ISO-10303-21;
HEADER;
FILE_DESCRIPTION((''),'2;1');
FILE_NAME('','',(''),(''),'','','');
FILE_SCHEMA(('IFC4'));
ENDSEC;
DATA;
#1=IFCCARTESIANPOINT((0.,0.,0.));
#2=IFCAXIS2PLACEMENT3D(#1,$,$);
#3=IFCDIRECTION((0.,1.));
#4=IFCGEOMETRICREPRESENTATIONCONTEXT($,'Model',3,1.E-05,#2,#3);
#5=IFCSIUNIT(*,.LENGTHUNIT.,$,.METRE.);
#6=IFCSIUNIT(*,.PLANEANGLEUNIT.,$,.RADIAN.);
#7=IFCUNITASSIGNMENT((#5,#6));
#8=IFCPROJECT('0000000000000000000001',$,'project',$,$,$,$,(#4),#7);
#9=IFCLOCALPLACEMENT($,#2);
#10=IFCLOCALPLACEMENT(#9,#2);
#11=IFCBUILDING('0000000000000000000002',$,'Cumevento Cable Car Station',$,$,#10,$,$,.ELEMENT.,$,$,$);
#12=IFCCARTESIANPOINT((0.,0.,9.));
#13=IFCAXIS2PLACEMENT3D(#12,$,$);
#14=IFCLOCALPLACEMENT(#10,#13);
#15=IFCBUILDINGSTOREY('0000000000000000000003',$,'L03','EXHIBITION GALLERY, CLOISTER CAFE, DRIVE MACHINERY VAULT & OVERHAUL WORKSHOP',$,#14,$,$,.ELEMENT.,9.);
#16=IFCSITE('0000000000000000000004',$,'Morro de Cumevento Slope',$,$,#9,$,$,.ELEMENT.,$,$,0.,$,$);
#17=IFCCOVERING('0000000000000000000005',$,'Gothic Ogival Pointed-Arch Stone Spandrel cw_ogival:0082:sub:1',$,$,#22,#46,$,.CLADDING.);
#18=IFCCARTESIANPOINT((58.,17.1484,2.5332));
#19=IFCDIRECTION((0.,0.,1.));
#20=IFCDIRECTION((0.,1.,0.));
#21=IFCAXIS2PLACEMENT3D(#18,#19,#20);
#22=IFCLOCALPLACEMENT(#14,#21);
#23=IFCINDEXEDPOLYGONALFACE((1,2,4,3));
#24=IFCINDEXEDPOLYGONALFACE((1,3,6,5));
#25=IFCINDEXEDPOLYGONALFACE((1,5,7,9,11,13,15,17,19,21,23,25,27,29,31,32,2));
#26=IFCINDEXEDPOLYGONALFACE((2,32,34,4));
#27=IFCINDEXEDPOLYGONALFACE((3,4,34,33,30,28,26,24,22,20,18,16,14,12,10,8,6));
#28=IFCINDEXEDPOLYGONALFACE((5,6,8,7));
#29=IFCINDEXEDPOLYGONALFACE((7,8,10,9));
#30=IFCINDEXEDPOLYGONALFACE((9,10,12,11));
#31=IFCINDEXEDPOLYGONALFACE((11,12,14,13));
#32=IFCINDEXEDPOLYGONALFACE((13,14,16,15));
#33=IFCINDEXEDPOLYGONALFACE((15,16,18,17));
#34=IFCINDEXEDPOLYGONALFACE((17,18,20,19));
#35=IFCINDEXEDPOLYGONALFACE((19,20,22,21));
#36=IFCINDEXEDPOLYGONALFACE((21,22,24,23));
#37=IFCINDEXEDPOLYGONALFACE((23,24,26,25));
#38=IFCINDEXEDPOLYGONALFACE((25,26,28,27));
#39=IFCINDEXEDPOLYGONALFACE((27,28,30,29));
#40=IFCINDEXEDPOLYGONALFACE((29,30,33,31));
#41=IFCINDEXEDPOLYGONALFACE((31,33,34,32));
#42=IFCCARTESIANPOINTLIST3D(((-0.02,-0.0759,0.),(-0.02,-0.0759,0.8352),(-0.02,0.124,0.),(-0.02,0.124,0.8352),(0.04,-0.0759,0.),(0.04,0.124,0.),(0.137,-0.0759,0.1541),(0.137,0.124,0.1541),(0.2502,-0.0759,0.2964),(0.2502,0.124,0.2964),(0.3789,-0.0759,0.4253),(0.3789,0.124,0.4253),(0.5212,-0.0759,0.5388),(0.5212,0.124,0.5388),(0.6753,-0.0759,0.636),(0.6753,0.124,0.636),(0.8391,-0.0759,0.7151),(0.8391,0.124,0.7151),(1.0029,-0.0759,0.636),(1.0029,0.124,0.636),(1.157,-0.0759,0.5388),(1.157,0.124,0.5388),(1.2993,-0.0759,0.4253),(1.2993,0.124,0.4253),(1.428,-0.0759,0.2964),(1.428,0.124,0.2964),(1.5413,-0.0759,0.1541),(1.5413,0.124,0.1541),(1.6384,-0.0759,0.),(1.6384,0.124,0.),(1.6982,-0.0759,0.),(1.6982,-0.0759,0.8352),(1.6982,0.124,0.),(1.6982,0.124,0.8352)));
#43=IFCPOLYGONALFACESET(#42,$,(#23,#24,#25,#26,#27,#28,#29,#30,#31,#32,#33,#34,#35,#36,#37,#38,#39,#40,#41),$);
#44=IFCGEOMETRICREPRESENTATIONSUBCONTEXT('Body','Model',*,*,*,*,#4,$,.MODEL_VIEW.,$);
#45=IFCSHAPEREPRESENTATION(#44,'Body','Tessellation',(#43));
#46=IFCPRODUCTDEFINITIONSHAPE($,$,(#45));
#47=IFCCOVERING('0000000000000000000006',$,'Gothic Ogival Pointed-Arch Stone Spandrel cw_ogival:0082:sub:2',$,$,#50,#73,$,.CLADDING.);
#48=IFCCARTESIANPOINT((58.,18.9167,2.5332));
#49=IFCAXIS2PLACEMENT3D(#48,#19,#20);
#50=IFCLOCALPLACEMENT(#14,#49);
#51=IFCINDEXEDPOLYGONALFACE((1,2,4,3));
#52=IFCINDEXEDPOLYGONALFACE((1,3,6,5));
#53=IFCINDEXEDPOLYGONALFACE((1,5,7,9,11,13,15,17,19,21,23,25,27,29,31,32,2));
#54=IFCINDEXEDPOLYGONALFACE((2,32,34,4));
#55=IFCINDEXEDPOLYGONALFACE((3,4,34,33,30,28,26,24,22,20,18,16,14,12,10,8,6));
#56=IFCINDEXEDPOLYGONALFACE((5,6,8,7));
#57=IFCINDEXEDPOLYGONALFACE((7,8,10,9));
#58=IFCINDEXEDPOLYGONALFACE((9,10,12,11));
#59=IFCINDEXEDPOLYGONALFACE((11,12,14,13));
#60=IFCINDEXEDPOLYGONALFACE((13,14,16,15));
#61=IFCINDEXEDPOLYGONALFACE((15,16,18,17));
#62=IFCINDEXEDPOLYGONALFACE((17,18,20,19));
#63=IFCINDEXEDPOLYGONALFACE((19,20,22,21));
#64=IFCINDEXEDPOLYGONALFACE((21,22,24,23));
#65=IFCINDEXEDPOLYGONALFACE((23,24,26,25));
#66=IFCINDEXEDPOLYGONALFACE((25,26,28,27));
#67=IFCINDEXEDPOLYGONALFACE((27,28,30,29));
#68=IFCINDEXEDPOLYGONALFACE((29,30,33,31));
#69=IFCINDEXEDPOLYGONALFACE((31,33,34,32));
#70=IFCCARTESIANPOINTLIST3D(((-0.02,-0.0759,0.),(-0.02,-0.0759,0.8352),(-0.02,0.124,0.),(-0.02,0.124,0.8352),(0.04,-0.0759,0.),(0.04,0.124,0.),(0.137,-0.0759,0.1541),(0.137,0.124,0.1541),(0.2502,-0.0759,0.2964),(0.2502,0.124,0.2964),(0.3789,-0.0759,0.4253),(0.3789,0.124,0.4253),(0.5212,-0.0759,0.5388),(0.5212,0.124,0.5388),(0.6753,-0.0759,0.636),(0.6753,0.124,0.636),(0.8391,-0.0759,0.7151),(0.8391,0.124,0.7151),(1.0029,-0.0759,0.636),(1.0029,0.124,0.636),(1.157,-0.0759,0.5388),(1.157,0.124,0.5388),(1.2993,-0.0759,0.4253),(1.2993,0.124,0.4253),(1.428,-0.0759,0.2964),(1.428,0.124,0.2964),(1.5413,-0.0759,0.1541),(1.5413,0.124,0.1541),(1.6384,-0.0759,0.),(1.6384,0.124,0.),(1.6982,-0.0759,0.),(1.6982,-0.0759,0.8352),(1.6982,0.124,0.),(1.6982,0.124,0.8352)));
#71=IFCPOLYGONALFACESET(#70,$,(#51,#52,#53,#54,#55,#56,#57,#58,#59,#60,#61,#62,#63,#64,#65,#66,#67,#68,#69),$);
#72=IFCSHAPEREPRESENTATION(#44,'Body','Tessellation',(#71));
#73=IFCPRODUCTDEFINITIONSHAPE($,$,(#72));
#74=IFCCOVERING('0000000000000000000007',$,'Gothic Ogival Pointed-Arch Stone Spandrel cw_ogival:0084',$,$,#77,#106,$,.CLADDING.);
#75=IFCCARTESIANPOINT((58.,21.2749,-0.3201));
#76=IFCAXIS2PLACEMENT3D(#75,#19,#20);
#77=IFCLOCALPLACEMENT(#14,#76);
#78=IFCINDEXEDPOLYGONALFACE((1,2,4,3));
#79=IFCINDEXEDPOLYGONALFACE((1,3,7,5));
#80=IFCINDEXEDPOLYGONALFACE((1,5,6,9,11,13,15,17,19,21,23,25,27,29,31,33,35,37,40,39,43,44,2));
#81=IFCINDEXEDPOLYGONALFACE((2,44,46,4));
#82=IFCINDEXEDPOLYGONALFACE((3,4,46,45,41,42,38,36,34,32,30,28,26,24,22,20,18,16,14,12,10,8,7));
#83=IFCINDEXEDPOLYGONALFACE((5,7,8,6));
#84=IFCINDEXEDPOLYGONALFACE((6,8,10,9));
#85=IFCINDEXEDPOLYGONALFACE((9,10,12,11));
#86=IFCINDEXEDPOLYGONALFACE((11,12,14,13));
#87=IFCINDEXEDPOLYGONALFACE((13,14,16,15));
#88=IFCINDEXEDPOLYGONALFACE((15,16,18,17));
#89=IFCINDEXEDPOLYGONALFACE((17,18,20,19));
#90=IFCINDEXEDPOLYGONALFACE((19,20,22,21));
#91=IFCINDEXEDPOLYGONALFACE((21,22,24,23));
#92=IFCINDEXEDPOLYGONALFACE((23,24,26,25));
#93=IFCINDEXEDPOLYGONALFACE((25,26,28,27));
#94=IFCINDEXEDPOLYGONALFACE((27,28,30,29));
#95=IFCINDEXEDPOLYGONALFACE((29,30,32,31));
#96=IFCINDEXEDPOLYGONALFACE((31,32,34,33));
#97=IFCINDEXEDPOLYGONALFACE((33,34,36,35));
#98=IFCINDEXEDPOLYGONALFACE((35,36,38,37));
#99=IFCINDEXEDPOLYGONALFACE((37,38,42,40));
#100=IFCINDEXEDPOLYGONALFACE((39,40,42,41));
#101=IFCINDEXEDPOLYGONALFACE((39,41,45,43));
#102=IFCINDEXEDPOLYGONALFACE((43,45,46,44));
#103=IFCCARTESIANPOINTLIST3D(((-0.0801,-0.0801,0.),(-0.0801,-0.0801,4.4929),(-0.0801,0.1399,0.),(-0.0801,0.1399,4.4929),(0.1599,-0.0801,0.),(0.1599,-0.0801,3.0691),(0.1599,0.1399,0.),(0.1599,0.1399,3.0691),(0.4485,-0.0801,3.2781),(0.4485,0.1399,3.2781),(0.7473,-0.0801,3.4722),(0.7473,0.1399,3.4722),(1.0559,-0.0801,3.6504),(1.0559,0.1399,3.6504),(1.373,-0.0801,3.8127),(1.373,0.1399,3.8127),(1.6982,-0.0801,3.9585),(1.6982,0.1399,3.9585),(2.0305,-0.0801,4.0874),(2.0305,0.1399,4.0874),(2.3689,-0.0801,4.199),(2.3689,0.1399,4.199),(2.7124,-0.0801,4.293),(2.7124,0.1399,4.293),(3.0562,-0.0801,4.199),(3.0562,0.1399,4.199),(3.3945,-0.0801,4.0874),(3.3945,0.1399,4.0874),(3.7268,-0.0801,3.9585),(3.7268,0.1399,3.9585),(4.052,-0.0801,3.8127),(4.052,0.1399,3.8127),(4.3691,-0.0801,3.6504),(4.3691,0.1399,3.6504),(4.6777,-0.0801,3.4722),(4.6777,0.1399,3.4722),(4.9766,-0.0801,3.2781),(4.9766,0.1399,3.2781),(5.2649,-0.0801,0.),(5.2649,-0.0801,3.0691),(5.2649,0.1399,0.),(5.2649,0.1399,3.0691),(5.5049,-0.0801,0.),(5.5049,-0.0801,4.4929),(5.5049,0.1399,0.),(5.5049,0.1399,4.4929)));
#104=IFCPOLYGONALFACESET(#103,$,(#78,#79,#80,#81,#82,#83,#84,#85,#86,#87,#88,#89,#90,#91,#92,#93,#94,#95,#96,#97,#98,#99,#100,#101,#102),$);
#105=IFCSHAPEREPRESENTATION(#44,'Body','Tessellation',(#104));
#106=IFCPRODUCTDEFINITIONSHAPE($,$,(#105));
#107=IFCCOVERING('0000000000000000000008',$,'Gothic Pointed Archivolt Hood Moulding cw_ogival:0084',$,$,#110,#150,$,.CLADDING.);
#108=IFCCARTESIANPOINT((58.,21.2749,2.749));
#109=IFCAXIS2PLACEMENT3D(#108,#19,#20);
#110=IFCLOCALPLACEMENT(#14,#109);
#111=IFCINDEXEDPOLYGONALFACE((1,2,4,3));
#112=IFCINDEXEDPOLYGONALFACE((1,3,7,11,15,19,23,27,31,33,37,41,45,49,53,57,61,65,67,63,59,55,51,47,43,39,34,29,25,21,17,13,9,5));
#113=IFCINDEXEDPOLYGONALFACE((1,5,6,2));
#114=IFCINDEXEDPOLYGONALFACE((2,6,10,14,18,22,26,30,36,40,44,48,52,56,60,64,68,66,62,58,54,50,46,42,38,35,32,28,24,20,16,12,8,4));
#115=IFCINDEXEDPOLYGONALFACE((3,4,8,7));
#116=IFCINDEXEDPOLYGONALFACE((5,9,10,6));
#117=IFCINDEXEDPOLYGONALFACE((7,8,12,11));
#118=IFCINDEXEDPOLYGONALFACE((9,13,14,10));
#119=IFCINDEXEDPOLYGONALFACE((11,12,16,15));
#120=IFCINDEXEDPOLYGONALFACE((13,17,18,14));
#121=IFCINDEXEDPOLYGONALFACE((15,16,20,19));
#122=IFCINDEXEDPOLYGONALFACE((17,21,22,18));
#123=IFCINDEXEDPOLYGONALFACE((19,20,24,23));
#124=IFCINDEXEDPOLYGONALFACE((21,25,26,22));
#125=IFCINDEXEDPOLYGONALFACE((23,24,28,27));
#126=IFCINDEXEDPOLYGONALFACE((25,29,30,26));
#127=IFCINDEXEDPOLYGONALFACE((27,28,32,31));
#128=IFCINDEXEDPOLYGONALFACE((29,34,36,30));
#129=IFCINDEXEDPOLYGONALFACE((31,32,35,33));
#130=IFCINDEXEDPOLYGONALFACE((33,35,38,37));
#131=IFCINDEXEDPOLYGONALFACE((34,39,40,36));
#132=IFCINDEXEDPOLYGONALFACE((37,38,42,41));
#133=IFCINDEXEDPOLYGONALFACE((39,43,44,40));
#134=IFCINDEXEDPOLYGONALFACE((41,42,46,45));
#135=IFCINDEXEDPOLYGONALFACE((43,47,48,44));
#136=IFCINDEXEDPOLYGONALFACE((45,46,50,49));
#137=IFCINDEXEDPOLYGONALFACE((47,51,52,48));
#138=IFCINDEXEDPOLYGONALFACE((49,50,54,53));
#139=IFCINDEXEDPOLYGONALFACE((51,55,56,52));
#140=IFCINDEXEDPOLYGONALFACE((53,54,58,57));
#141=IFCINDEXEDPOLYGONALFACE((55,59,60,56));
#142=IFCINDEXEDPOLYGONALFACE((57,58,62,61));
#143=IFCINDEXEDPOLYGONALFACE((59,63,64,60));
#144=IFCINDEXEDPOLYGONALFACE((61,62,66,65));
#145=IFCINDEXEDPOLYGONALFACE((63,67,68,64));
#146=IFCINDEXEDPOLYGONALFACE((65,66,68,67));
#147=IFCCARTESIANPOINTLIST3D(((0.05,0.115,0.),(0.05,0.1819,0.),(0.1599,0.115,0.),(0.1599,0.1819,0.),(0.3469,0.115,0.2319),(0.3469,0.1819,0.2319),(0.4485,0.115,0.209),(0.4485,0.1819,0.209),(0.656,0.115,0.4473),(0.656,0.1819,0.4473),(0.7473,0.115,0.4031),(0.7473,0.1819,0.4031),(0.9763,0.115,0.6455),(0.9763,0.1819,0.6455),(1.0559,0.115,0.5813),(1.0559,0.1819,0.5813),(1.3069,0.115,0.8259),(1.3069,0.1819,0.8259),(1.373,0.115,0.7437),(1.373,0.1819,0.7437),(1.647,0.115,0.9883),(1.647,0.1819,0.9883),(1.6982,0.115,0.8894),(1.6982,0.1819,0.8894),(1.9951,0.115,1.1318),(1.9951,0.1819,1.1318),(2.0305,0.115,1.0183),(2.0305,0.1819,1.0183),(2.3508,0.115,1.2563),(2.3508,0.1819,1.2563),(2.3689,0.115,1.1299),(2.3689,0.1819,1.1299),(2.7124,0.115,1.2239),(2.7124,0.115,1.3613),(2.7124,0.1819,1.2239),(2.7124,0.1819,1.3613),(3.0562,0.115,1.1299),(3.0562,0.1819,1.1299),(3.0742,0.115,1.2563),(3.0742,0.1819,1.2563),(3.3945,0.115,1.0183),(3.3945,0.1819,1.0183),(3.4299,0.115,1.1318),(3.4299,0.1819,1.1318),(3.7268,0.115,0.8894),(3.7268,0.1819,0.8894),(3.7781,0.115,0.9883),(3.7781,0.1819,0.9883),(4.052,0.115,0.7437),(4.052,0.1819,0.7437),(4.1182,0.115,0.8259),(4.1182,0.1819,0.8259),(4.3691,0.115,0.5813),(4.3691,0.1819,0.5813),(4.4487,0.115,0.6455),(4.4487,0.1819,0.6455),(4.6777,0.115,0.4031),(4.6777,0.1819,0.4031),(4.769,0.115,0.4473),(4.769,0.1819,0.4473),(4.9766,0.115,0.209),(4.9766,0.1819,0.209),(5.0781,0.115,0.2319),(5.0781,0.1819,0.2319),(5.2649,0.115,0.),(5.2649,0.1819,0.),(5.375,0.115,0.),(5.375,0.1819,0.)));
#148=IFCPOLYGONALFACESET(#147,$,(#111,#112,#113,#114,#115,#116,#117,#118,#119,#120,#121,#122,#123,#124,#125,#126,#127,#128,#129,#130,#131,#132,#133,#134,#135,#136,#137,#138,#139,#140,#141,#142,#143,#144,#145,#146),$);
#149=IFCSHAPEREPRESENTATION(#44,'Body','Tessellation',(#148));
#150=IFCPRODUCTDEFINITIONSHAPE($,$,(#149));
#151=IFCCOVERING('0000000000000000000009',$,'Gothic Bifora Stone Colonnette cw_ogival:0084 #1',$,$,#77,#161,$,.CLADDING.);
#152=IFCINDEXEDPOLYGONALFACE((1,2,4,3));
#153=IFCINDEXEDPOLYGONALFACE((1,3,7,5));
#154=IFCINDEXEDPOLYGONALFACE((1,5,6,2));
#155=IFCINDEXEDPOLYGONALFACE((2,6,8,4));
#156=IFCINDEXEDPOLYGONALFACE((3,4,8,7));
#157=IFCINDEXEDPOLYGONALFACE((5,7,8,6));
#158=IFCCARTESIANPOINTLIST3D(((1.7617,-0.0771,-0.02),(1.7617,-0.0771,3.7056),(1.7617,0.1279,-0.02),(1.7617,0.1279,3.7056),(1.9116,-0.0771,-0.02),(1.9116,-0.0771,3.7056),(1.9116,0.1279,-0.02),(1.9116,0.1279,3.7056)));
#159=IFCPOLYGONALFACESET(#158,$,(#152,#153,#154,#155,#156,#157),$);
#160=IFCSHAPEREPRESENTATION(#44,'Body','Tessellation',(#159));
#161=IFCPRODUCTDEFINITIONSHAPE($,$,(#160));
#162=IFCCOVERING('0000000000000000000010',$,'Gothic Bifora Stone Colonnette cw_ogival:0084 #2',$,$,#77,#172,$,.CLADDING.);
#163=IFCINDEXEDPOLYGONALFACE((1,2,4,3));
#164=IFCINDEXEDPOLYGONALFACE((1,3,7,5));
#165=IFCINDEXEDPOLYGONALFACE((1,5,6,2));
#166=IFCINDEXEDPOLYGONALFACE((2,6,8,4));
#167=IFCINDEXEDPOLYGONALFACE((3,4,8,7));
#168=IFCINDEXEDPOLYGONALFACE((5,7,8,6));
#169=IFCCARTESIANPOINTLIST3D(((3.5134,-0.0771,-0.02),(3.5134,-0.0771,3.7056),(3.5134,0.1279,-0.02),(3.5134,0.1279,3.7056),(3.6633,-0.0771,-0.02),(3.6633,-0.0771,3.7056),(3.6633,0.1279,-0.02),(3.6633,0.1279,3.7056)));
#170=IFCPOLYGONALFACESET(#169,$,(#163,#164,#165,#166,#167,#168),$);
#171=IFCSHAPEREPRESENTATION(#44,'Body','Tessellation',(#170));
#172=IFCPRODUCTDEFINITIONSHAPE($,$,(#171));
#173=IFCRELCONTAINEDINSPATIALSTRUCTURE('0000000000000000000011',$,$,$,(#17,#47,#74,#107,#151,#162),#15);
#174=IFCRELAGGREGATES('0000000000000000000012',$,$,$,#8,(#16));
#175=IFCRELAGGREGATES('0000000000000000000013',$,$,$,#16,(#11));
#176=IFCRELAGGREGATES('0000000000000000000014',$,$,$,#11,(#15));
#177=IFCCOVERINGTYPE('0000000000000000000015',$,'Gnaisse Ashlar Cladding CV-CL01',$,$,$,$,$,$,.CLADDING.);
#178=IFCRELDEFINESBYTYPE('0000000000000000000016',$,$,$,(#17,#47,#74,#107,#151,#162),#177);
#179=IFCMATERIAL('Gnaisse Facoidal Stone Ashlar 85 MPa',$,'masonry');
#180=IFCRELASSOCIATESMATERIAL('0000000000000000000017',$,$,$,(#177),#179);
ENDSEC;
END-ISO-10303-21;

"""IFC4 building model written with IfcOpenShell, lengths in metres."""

from ifc_helpers import new_model, si_unit, direction, frame, origin, place, context, subcontext, project, spatial, polyline, outline, extrude, material, type_object, element, save


model = new_model("IFC4")

# Units and contexts
model_context = context("Model", 3, precision=1e-05, world=origin(), true_north=direction((0.0, 1.0)))
body_context = subcontext(model_context, "Body", "Model", "MODEL_VIEW")
ifc_project = project(units=[si_unit("LENGTHUNIT", "METRE"), si_unit("PLANEANGLEUNIT", "RADIAN")], contexts=[model_context])

# Site, building, storey
site_placement = place(None, origin())
site = spatial("IfcSite", under=ifc_project, at=site_placement, Name="Morro de Cumevento Slope", CompositionType="ELEMENT", RefElevation=0.0)
building_placement = place(site_placement, origin())
building = spatial("IfcBuilding", under=site, at=building_placement, Name="Cumevento Cable Car Station", CompositionType="ELEMENT")
storey_placement = place(building_placement, frame((0.0, 0.0, 9.0)))
storey = spatial("IfcBuildingStorey", under=building, at=storey_placement, Name="L03", Description="EXHIBITION GALLERY, CLOISTER CAFE, DRIVE MACHINERY VAULT & OVERHAUL WORKSHOP", CompositionType="ELEMENT", Elevation=9.0)

# Coverings
ifc_material_1 = material(Name="Gnaisse Facoidal Stone Ashlar 85 MPa", Category="masonry")
covering_type = type_object("IfcCoveringType", Name="Gnaisse Ashlar Cladding CV-CL01", PredefinedType="CLADDING", material=ifc_material_1)
for number, where, z_axis, x_axis, name in (
    (1, (58.0, 17.1484, 2.5332), (0.0, 0.0, 1.0), (0.0, 1.0, 0.0), "Gothic Ogival Pointed-Arch Stone Spandrel cw_ogival:0082:sub:1"),
    (2, (58.0, 18.9167, 2.5332), (0.0, 0.0, 1.0), (0.0, 1.0, 0.0), "Gothic Ogival Pointed-Arch Stone Spandrel cw_ogival:0082:sub:2"),
):
    element("IfcCovering", number, at=place(storey_placement, frame(where, z_axis=z_axis, x_axis=x_axis)), inside=storey, type_object=covering_type, Name=name, PredefinedType="CLADDING", context=body_context, shape_type="SweptSolid", body=[
        extrude(outline(polyline([(-0.02, 0.0), (-0.02, 0.8352), (1.6982, 0.8352), (1.6982, 0.0), (1.6384, 0.0), (1.5413, 0.1541), (1.428, 0.2964), (1.2993, 0.4253), (1.157, 0.5388), (1.0029, 0.636), (0.8391, 0.7151), (0.6753, 0.636), (0.5212, 0.5388), (0.3789, 0.4253), (0.2502, 0.2964), (0.137, 0.1541), (0.04, 0.0), (-0.02, 0.0)])), frame((0.0, 0.124, 0.0), z_axis=(0.0, -1.0, 0.0), x_axis=(1.0, 0.0, 0.0)), (0.0, 0.0, 1.0), 0.2),
    ])
placement = place(storey_placement, frame((58.0, 21.2749, -0.3201), z_axis=(0.0, 0.0, 1.0), x_axis=(0.0, 1.0, 0.0)))
element("IfcCovering", 3, at=placement, inside=storey, type_object=covering_type, Name="Gothic Ogival Pointed-Arch Stone Spandrel cw_ogival:0084", PredefinedType="CLADDING", context=body_context, shape_type="SweptSolid", body=[
    extrude(outline(polyline([(-0.0801, 0.0), (-0.0801, 4.4929), (5.5049, 4.4929), (5.5049, 0.0), (5.2649, 0.0), (5.2649, 3.0691), (4.9766, 3.2781), (4.6777, 3.4722), (4.3691, 3.6504), (4.052, 3.8127), (3.7268, 3.9585), (3.3945, 4.0874), (3.0562, 4.199), (2.7124, 4.293), (2.3689, 4.199), (2.0305, 4.0874), (1.6982, 3.9585), (1.373, 3.8127), (1.0559, 3.6504), (0.7473, 3.4722), (0.4485, 3.2781), (0.1599, 3.0691), (0.1599, 0.0), (-0.0801, 0.0)])), frame((0.0, 0.1399, 0.0), z_axis=(0.0, -1.0, 0.0), x_axis=(1.0, 0.0, 0.0)), (0.0, 0.0, 1.0), 0.22),
])
covering_1_placement = place(storey_placement, frame((58.0, 21.2749, 2.749), z_axis=(0.0, 0.0, 1.0), x_axis=(0.0, 1.0, 0.0)))
element("IfcCovering", 4, at=covering_1_placement, inside=storey, type_object=covering_type, Name="Gothic Pointed Archivolt Hood Moulding cw_ogival:0084", PredefinedType="CLADDING", context=body_context, shape_type="SweptSolid", body=[
    extrude(outline(polyline([(0.1599, 0.0), (0.4485, 0.209), (0.7473, 0.4031), (1.0559, 0.5813), (1.373, 0.7437), (1.6982, 0.8894), (2.0305, 1.0183), (2.3689, 1.1299), (2.7124, 1.2239), (3.0562, 1.1299), (3.3945, 1.0183), (3.7268, 0.8894), (4.052, 0.7437), (4.3691, 0.5813), (4.6777, 0.4031), (4.9766, 0.209), (5.2649, 0.0), (5.375, 0.0), (5.0781, 0.2319), (4.769, 0.4473), (4.4487, 0.6455), (4.1182, 0.8259), (3.7781, 0.9883), (3.4299, 1.1318), (3.0742, 1.2563), (2.7124, 1.3613), (2.3508, 1.2563), (1.9951, 1.1318), (1.647, 0.9883), (1.3069, 0.8259), (0.9763, 0.6455), (0.656, 0.4473), (0.3469, 0.2319), (0.05, 0.0), (0.1599, 0.0)])), frame((0.0, 0.1819, 0.0), z_axis=(0.0, -1.0, 0.0), x_axis=(1.0, 0.0, 0.0)), (0.0, 0.0, 1.0), 0.0669),
])
element("IfcCovering", 5, at=placement, inside=storey, type_object=covering_type, Name="Gothic Bifora Stone Colonnette cw_ogival:0084 #1", PredefinedType="CLADDING", context=body_context, shape_type="SweptSolid", body=[
    extrude(outline(polyline([(1.7617, -0.02), (1.9116, -0.02), (1.9116, 3.7056), (1.7617, 3.7056), (1.7617, -0.02)])), frame((0.0, 0.1279, 0.0), z_axis=(0.0, -1.0, 0.0), x_axis=(1.0, 0.0, 0.0)), (0.0, 0.0, 1.0), 0.2051),
])
element("IfcCovering", 6, at=placement, inside=storey, type_object=covering_type, Name="Gothic Bifora Stone Colonnette cw_ogival:0084 #2", PredefinedType="CLADDING", context=body_context, shape_type="SweptSolid", body=[
    extrude(outline(polyline([(3.5134, -0.02), (3.6633, -0.02), (3.6633, 3.7056), (3.5134, 3.7056), (3.5134, -0.02)])), frame((0.0, 0.1279, 0.0), z_axis=(0.0, -1.0, 0.0), x_axis=(1.0, 0.0, 0.0)), (0.0, 0.0, 1.0), 0.2051),
])

save(model, "model.ifc")
